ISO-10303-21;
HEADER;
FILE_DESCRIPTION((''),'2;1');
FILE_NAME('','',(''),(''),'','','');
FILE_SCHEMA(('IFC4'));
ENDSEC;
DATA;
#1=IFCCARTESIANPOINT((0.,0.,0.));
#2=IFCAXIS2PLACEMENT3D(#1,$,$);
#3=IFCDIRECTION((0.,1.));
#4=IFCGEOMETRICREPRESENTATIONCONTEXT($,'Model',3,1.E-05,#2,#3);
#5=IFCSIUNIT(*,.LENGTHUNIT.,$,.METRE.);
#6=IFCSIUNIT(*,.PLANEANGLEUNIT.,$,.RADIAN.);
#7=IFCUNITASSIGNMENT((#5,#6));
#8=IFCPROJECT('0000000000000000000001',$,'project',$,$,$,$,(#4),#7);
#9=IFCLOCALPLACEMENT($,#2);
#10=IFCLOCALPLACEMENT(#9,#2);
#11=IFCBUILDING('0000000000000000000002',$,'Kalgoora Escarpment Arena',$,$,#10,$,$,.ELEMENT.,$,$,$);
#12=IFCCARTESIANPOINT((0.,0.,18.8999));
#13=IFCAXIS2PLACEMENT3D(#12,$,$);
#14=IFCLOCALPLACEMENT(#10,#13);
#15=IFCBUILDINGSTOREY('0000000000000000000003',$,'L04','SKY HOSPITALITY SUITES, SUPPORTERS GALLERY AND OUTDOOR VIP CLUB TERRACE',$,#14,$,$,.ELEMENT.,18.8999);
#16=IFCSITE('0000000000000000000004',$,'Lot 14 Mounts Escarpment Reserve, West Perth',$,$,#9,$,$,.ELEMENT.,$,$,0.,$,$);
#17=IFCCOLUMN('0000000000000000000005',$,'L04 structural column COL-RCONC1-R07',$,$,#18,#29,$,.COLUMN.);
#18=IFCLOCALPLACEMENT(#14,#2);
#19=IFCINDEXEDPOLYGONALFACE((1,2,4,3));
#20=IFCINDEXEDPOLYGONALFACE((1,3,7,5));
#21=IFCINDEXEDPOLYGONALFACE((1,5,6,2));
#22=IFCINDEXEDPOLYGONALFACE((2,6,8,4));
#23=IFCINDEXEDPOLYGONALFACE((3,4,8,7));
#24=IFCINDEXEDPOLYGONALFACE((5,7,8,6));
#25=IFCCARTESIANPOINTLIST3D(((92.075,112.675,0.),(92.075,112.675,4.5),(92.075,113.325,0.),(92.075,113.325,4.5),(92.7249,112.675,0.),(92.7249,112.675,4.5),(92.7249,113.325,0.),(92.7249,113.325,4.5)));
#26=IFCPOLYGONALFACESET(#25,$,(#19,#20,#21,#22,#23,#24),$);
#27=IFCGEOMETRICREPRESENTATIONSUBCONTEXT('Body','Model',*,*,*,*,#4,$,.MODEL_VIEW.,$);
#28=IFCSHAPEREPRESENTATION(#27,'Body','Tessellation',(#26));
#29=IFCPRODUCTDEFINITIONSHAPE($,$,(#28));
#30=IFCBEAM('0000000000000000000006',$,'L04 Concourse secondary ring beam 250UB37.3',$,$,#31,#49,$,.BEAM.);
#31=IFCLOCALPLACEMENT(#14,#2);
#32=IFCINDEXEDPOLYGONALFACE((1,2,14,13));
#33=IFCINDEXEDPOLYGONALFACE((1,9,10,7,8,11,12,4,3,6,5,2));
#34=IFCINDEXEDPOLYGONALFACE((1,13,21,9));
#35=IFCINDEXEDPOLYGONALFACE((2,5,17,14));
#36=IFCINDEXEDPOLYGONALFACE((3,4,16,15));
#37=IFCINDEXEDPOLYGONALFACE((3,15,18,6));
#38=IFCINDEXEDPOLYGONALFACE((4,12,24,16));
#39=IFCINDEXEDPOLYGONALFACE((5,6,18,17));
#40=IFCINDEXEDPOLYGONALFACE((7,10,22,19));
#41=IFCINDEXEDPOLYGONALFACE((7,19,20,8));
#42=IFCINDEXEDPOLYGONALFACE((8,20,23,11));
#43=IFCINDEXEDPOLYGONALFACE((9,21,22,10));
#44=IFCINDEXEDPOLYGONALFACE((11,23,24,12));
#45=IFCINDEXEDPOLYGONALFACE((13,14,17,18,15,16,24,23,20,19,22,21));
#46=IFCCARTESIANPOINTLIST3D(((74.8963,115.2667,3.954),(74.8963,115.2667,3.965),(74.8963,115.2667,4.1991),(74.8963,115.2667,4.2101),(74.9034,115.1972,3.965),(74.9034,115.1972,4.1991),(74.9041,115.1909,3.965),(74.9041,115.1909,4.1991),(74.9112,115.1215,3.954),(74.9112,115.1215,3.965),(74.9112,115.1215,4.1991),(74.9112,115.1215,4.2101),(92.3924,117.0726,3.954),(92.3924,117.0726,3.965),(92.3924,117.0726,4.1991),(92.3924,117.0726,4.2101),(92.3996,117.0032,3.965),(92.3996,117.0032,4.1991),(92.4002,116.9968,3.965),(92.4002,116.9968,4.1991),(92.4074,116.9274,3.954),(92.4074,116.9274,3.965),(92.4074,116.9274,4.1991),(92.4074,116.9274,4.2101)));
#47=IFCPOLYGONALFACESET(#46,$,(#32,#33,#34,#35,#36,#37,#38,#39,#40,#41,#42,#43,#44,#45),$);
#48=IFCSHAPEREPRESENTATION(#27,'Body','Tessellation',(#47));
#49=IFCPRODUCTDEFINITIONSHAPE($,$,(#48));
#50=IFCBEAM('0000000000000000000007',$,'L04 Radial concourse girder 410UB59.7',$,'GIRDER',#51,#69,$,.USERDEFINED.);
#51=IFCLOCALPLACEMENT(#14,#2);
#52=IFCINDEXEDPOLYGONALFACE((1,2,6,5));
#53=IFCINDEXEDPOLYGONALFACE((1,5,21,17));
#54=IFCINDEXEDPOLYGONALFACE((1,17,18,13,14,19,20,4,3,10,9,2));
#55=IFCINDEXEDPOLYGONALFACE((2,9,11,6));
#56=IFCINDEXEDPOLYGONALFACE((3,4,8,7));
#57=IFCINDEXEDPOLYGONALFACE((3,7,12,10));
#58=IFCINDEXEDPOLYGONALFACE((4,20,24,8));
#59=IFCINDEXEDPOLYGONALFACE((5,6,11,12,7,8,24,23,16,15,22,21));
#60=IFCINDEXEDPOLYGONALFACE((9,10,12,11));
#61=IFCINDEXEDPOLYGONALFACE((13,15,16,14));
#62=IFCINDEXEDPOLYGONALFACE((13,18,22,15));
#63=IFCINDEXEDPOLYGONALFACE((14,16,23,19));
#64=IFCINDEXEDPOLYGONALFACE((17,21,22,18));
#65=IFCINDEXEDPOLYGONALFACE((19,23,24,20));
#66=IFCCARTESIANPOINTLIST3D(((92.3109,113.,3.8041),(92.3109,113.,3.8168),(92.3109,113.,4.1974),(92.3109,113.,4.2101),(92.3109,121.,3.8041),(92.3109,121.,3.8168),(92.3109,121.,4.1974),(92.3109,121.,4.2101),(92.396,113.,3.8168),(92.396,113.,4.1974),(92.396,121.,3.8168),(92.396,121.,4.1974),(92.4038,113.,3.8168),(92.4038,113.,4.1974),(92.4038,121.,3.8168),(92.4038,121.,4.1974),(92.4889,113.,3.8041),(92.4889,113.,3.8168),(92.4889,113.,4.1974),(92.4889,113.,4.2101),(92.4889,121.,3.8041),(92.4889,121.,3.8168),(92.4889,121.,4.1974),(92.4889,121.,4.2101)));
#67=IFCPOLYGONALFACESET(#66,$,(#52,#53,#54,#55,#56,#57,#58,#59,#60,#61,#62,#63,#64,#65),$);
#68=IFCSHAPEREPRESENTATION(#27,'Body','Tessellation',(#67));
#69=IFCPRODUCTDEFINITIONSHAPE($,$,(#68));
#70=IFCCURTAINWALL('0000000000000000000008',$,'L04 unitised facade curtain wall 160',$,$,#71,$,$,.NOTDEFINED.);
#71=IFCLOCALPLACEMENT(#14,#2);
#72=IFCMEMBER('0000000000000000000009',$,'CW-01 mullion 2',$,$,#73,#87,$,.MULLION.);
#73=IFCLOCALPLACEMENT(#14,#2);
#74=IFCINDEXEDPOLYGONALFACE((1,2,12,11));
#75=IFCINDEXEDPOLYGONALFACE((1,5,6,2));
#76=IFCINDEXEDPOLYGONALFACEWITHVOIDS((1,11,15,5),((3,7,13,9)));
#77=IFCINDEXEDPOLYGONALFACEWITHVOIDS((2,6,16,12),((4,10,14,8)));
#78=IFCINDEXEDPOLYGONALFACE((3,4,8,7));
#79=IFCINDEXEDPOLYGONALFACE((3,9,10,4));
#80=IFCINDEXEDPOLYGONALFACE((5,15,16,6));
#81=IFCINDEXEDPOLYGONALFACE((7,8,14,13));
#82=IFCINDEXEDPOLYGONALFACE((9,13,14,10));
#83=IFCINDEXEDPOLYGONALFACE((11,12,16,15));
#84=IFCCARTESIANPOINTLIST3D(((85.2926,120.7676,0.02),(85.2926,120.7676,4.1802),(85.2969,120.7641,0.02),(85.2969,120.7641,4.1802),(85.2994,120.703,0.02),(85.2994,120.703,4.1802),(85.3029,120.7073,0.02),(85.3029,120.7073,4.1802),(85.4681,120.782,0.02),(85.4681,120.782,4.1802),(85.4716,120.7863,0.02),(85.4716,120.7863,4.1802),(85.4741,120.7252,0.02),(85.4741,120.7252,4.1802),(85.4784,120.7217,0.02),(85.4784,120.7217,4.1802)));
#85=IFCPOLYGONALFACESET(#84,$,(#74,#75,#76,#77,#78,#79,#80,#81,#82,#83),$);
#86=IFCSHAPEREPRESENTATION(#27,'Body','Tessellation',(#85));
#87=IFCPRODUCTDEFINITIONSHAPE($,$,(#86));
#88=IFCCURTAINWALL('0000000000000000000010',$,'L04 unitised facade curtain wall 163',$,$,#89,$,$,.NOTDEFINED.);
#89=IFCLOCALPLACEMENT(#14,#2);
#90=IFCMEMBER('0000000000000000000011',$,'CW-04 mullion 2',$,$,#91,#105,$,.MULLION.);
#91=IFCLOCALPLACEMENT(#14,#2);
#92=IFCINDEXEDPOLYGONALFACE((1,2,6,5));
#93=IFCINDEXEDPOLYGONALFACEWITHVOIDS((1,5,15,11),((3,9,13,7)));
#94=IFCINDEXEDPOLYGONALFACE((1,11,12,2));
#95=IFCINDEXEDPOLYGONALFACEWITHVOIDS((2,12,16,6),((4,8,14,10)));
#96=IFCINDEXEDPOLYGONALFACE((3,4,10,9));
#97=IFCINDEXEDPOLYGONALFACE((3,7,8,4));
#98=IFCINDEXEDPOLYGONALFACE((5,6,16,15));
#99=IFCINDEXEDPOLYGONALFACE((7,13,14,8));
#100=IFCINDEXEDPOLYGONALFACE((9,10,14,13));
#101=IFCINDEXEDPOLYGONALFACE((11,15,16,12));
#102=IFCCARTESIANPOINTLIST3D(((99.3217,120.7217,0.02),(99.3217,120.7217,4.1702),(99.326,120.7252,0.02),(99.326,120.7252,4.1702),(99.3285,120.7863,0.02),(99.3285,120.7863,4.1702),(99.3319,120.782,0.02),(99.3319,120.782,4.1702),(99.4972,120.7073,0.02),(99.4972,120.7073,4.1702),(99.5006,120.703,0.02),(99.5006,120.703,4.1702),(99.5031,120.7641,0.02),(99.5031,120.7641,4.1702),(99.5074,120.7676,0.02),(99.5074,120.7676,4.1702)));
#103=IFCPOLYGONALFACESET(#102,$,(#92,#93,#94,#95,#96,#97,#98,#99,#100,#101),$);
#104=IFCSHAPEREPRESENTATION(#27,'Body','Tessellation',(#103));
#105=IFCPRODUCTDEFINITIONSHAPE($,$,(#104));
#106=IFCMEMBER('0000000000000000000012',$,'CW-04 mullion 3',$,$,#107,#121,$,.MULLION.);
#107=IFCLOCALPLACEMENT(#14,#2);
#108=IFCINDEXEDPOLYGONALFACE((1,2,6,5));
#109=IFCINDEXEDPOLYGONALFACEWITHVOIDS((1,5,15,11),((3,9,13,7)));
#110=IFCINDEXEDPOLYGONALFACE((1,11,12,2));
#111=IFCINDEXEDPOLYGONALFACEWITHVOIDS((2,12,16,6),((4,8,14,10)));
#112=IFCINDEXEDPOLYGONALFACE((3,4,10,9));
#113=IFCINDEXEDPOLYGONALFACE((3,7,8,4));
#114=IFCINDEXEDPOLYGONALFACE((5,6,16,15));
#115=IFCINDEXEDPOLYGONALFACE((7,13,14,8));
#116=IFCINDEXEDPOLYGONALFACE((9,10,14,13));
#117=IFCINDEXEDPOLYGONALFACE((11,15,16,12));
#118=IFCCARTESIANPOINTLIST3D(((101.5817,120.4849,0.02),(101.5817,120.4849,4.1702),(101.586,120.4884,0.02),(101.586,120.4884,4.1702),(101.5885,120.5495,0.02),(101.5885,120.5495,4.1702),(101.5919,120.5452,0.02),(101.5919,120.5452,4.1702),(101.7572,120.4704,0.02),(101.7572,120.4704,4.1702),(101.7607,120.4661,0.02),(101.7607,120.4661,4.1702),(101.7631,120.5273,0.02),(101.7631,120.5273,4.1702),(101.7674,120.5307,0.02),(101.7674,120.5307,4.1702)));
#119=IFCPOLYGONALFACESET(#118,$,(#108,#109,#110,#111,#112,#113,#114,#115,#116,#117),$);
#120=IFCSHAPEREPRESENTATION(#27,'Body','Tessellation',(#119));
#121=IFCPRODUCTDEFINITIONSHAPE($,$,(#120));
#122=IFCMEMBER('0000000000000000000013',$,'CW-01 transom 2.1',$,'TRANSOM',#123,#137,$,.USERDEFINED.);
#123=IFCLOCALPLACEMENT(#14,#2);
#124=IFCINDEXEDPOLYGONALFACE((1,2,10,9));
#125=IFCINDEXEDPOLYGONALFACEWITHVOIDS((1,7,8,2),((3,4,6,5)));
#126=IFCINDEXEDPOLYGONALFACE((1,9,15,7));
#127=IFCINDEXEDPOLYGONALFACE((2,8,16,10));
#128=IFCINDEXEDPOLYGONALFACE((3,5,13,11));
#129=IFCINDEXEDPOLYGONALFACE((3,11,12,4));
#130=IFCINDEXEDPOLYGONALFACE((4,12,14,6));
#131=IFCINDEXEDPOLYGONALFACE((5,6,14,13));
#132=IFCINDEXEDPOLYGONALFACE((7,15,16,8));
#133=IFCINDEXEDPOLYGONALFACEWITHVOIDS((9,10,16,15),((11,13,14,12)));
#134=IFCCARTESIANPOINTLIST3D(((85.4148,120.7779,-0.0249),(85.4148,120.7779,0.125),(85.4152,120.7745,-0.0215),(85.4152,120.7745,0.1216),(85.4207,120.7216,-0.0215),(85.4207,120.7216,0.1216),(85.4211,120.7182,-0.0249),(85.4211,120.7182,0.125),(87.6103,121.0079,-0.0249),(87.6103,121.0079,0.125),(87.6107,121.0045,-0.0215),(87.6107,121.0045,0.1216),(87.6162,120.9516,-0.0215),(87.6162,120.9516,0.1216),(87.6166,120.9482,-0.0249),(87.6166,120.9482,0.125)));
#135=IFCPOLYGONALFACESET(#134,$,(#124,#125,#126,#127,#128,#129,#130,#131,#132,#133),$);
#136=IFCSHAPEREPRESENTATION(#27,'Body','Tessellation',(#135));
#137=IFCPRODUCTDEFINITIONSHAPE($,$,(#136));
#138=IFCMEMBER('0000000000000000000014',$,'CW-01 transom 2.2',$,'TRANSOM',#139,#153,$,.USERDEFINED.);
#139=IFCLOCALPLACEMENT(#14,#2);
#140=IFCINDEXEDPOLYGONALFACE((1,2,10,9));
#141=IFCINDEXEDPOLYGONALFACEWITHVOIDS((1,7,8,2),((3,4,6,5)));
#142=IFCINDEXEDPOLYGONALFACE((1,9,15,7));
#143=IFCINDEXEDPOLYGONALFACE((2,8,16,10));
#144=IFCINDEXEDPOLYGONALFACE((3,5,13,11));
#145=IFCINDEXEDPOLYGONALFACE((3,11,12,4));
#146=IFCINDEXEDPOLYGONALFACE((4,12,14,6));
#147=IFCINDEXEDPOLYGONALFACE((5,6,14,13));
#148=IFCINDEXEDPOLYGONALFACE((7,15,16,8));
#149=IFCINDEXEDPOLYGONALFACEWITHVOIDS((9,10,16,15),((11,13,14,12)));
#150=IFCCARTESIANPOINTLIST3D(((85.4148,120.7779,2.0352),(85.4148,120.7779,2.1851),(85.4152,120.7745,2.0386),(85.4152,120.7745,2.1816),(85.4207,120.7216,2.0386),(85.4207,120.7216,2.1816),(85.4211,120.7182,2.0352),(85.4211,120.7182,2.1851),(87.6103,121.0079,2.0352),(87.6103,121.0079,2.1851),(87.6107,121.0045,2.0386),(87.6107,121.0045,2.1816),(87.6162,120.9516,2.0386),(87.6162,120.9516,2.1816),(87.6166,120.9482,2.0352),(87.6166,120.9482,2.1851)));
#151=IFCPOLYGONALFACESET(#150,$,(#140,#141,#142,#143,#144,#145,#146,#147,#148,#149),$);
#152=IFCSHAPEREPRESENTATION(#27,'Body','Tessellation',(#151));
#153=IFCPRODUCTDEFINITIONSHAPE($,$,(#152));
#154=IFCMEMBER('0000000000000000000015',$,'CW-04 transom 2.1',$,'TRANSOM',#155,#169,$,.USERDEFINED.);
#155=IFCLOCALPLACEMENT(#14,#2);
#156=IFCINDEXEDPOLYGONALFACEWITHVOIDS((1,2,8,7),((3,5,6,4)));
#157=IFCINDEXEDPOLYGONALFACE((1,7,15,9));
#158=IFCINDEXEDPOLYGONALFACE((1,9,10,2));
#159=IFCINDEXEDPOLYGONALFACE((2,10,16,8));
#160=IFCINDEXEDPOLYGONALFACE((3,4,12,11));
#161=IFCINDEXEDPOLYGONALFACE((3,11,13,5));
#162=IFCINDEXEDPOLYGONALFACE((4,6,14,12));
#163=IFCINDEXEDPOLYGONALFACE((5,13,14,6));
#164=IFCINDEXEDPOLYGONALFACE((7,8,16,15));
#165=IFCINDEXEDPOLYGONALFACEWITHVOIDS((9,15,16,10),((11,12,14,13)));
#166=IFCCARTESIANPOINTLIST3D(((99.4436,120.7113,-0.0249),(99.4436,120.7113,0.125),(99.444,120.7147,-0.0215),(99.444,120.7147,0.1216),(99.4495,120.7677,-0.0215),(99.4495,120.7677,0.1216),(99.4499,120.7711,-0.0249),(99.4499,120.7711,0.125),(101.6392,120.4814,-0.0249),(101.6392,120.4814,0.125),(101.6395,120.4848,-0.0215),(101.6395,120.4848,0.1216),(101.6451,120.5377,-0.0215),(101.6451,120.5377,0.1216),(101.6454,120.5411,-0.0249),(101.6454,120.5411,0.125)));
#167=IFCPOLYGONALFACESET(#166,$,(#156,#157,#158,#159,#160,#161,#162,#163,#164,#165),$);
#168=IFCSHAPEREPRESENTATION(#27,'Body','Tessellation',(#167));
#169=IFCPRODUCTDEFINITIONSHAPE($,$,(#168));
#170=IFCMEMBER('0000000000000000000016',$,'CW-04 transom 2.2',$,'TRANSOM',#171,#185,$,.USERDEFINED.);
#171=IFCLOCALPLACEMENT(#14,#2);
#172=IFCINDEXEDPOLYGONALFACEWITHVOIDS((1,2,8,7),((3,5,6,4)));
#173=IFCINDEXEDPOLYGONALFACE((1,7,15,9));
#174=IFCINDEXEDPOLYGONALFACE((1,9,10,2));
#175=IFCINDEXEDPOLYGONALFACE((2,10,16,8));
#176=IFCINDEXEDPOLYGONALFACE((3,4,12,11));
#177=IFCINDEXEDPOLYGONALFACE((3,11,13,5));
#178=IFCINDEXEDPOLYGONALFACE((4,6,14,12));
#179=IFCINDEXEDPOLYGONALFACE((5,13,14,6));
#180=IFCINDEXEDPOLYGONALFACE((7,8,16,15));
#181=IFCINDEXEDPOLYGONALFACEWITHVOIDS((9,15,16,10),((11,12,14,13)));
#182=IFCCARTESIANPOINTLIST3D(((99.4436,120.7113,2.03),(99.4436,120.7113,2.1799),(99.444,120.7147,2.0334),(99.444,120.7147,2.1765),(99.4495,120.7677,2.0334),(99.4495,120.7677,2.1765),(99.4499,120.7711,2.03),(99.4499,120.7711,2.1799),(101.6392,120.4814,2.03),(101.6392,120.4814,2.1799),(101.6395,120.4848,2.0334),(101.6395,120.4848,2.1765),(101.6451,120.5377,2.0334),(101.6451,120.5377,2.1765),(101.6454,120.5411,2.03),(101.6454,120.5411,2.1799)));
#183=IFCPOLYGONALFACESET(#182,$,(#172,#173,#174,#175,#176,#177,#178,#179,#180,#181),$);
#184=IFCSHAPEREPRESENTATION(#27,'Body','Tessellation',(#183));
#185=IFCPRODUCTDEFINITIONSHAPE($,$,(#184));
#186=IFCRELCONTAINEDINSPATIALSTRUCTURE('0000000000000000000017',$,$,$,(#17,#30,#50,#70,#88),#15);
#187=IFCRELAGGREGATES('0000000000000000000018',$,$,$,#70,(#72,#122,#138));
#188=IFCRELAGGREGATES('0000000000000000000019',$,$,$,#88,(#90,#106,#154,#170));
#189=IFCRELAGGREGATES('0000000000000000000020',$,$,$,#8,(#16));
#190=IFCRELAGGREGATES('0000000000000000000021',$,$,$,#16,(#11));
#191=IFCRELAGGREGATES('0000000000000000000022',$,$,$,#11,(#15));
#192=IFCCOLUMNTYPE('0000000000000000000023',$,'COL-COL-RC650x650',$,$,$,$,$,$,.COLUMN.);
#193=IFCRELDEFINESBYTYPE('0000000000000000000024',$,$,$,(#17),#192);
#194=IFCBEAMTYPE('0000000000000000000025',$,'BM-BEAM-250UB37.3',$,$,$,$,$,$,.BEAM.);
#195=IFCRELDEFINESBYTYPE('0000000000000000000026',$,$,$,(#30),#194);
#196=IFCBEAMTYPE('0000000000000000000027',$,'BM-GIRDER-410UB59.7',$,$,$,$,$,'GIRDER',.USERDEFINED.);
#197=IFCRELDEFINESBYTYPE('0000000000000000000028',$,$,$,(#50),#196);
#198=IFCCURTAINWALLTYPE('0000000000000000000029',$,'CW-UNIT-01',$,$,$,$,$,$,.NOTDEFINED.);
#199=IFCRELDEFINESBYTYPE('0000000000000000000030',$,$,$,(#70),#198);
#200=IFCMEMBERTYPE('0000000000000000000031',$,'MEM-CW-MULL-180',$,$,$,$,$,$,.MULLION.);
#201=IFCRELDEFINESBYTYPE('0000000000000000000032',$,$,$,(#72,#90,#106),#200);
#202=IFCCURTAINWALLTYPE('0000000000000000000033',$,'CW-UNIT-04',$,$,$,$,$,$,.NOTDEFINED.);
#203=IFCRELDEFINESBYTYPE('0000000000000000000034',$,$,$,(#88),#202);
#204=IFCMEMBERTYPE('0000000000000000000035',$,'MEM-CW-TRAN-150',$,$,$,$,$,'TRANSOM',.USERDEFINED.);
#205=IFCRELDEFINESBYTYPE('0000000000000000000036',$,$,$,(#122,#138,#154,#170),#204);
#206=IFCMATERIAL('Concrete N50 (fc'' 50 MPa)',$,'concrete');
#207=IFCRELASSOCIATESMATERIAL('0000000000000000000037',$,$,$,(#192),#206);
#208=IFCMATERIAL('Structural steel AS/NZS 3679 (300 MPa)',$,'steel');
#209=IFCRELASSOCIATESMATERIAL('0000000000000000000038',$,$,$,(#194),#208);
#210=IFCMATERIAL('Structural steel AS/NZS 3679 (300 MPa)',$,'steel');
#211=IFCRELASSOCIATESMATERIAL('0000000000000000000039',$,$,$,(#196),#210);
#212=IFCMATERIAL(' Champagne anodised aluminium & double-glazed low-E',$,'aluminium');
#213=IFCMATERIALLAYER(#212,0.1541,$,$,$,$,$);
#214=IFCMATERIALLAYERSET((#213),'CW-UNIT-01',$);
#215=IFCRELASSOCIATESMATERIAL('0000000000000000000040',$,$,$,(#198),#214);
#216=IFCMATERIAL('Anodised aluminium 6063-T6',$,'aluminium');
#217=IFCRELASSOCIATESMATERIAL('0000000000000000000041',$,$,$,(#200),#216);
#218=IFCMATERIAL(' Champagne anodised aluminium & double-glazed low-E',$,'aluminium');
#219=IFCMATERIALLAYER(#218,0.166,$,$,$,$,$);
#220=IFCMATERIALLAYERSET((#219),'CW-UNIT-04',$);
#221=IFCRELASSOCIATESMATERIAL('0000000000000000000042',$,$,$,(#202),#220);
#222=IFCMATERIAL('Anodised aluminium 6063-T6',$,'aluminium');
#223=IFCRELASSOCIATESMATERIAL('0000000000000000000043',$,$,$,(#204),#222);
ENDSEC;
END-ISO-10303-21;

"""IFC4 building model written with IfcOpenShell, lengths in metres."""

from ifc_helpers import new_model, si_unit, direction, frame, origin, origin_2d, place, context, subcontext, project, spatial, rectangle, hollow_rectangle, i_section, extrude, material, layer, layer_set, material_profile, profile_set, type_object, element, aggregate, save


model = new_model("IFC4")

# Units and contexts
model_context = context("Model", 3, precision=1e-05, world=origin(), true_north=direction((0.0, 1.0)))
body_context = subcontext(model_context, "Body", "Model", "MODEL_VIEW")
ifc_project = project(units=[si_unit("LENGTHUNIT", "METRE"), si_unit("PLANEANGLEUNIT", "RADIAN")], contexts=[model_context])

# Site, building, storey
site_placement = place(None, origin())
site = spatial("IfcSite", under=ifc_project, at=site_placement, Name="Lot 14 Mounts Escarpment Reserve, West Perth", CompositionType="ELEMENT", RefElevation=0.0)
building_placement = place(site_placement, origin())
building = spatial("IfcBuilding", under=site, at=building_placement, Name="Kalgoora Escarpment Arena", CompositionType="ELEMENT")
storey_placement = place(building_placement, frame((0.0, 0.0, 18.8999)))
storey = spatial("IfcBuildingStorey", under=building, at=storey_placement, Name="L04", Description="SKY HOSPITALITY SUITES, SUPPORTERS GALLERY AND OUTDOOR VIP CLUB TERRACE", CompositionType="ELEMENT", Elevation=18.8999)

# Column
ifc_material_1 = material(Name="Concrete N50 (fc' 50 MPa)", Category="concrete")
ifc_material_profile_1 = material_profile(ifc_material_1, rectangle(XDim=0.6499, YDim=0.6499, at=origin_2d()))
ifc_profile_set_1 = profile_set([ifc_material_profile_1], Name="Concrete N50 (fc' 50 MPa)")
column_type = type_object("IfcColumnType", Name="COL-COL-RC650x650", PredefinedType="COLUMN", material=ifc_profile_set_1)
column_placement = place(storey_placement, frame((92.3999, 113.0, 0.0), z_axis=(0.0, 0.0, 1.0), x_axis=(0.0, 1.0, 0.0)))
element("IfcColumn", 1, at=column_placement, inside=storey, type_object=column_type, Name="L04 structural column COL-RCONC1-R07", PredefinedType="COLUMN", context=body_context, shape_type="SweptSolid", body=[
    extrude(rectangle(XDim=0.6499, YDim=0.6499, at=origin_2d()), origin(), (0.0, 0.0, 1.0), 4.5),
])

# Beams
ifc_material_2 = material(Name="Structural steel AS/NZS 3679 (300 MPa)", Category="steel")
ifc_material_profile_2 = material_profile(ifc_material_2, i_section(OverallWidth=0.146, OverallDepth=0.2561, WebThickness=0.0063, FlangeThickness=0.011, at=origin_2d()))
ifc_profile_set_2 = profile_set([ifc_material_profile_2], Name="Structural steel AS/NZS 3679 (300 MPa)")
beam_type_1 = type_object("IfcBeamType", Name="BM-BEAM-250UB37.3", PredefinedType="BEAM", material=ifc_profile_set_2)
beam_1_placement = place(storey_placement, frame((92.3999, 117.0, 4.082), z_axis=(-0.994715, -0.102672, 0.0), x_axis=(0.102672, -0.994715, 0.0)))
element("IfcBeam", 2, at=beam_1_placement, inside=storey, type_object=beam_type_1, Name="L04 Concourse secondary ring beam 250UB37.3", PredefinedType="BEAM", context=body_context, shape_type="SweptSolid", body=[
    extrude(i_section(OverallWidth=0.146, OverallDepth=0.2561, WebThickness=0.0063, FlangeThickness=0.011, at=origin_2d()), origin(), (0.0, 0.0, 1.0), 17.5891),
])
ifc_material_3 = material(Name="Structural steel AS/NZS 3679 (300 MPa)", Category="steel")
ifc_material_profile_3 = material_profile(ifc_material_3, i_section(OverallWidth=0.178, OverallDepth=0.406, WebThickness=0.0078, FlangeThickness=0.0127, at=origin_2d()))
ifc_profile_set_3 = profile_set([ifc_material_profile_3], Name="Structural steel AS/NZS 3679 (300 MPa)")
beam_type_2 = type_object("IfcBeamType", Name="BM-GIRDER-410UB59.7", ElementType="GIRDER", PredefinedType="USERDEFINED", material=ifc_profile_set_3)
beam_2_placement = place(storey_placement, frame((92.3999, 113.0, 4.0071), z_axis=(0.0, 1.0, 0.0), x_axis=(-1.0, 0.0, 0.0)))
element("IfcBeam", 3, at=beam_2_placement, inside=storey, type_object=beam_type_2, Name="L04 Radial concourse girder 410UB59.7", ObjectType="GIRDER", PredefinedType="USERDEFINED", context=body_context, shape_type="SweptSolid", body=[
    extrude(i_section(OverallWidth=0.178, OverallDepth=0.406, WebThickness=0.0078, FlangeThickness=0.0127, at=origin_2d()), origin(), (0.0, 0.0, 1.0), 8.0),
])

# Curtain wall, member
ifc_material_4 = material(Name=" Champagne anodised aluminium & double-glazed low-E", Category="aluminium")
ifc_layer_1 = layer(ifc_material_4, 0.1541)
ifc_layer_set_1 = layer_set([ifc_layer_1], Name="CW-UNIT-01")
curtain_wall_type_1 = type_object("IfcCurtainWallType", Name="CW-UNIT-01", PredefinedType="NOTDEFINED", material=ifc_layer_set_1)
curtain_wall_1_placement = place(storey_placement, origin())
curtain_wall_1 = element("IfcCurtainWall", 4, at=curtain_wall_1_placement, inside=storey, type_object=curtain_wall_type_1, Name="L04 unitised facade curtain wall 160", PredefinedType="NOTDEFINED")
ifc_material_5 = material(Name="Anodised aluminium 6063-T6", Category="aluminium")
ifc_material_profile_4 = material_profile(ifc_material_5, hollow_rectangle(XDim=0.0649, YDim=0.1799, WallThickness=0.0039, at=origin_2d()))
ifc_profile_set_4 = profile_set([ifc_material_profile_4], Name="Anodised aluminium 6063-T6")
member_type_1 = type_object("IfcMemberType", Name="MEM-CW-MULL-180", PredefinedType="MULLION", material=ifc_profile_set_4)
member_1_placement = place(storey_placement, frame((85.3855, 120.7446, 0.02), z_axis=(0.0, 0.0, 1.0), x_axis=(-0.104182, 0.994558, 0.0)))
member_1 = element("IfcMember", 5, at=member_1_placement, type_object=member_type_1, Name="CW-01 mullion 2", PredefinedType="MULLION", context=body_context, shape_type="SweptSolid", body=[
    extrude(hollow_rectangle(XDim=0.0649, YDim=0.1799, WallThickness=0.0039, at=origin_2d()), origin(), (0.0, 0.0, 1.0), 4.1602),
])

# Curtain wall, members
ifc_material_6 = material(Name=" Champagne anodised aluminium & double-glazed low-E", Category="aluminium")
ifc_layer_2 = layer(ifc_material_6, 0.166)
ifc_layer_set_2 = layer_set([ifc_layer_2], Name="CW-UNIT-04")
curtain_wall_type_2 = type_object("IfcCurtainWallType", Name="CW-UNIT-04", PredefinedType="NOTDEFINED", material=ifc_layer_set_2)
curtain_wall_2_placement = place(storey_placement, origin())
curtain_wall_2 = element("IfcCurtainWall", 6, at=curtain_wall_2_placement, inside=storey, type_object=curtain_wall_type_2, Name="L04 unitised facade curtain wall 163", PredefinedType="NOTDEFINED")
member_2_placement = place(storey_placement, frame((99.4146, 120.7446, 0.02), z_axis=(0.0, 0.0, 1.0), x_axis=(0.104182, 0.994558, 0.0)))
member_2 = element("IfcMember", 7, at=member_2_placement, type_object=member_type_1, Name="CW-04 mullion 2", PredefinedType="MULLION", context=body_context, shape_type="SweptSolid", body=[
    extrude(hollow_rectangle(XDim=0.0649, YDim=0.1799, WallThickness=0.0039, at=origin_2d()), origin(), (0.0, 0.0, 1.0), 4.1501),
])
member_3_placement = place(storey_placement, frame((101.6746, 120.5078, 0.02), z_axis=(0.0, 0.0, 1.0), x_axis=(0.104182, 0.994558, 0.0)))
member_3 = element("IfcMember", 8, at=member_3_placement, type_object=member_type_1, Name="CW-04 mullion 3", PredefinedType="MULLION", context=body_context, shape_type="SweptSolid", body=[
    extrude(hollow_rectangle(XDim=0.0649, YDim=0.1799, WallThickness=0.0039, at=origin_2d()), origin(), (0.0, 0.0, 1.0), 4.1501),
])

# Members
ifc_material_7 = material(Name="Anodised aluminium 6063-T6", Category="aluminium")
ifc_material_profile_5 = material_profile(ifc_material_7, hollow_rectangle(XDim=0.0601, YDim=0.1499, WallThickness=0.0034, at=origin_2d()))
ifc_profile_set_5 = profile_set([ifc_material_profile_5], Name="Anodised aluminium 6063-T6")
member_type_2 = type_object("IfcMemberType", Name="MEM-CW-TRAN-150", ElementType="TRANSOM", PredefinedType="USERDEFINED", material=ifc_profile_set_5)
member_4_placement = place(storey_placement, frame((85.418, 120.748, 0.05), z_axis=(0.994559, 0.104178, 0.0), x_axis=(-0.104178, 0.994559, 0.0)))
member_4 = element("IfcMember", 9, at=member_4_placement, type_object=member_type_2, Name="CW-01 transom 2.1", ObjectType="TRANSOM", PredefinedType="USERDEFINED", context=body_context, shape_type="SweptSolid", body=[
    extrude(hollow_rectangle(XDim=0.0601, YDim=0.1499, WallThickness=0.0034, at=origin_2d()), origin(), (0.0, 0.0, 1.0), 2.2075),
])
member_5_placement = place(storey_placement, frame((85.418, 120.748, 2.1101), z_axis=(0.994559, 0.104178, 0.0), x_axis=(-0.104178, 0.994559, 0.0)))
member_5 = element("IfcMember", 10, at=member_5_placement, type_object=member_type_2, Name="CW-01 transom 2.2", ObjectType="TRANSOM", PredefinedType="USERDEFINED", context=body_context, shape_type="SweptSolid", body=[
    extrude(hollow_rectangle(XDim=0.0601, YDim=0.1499, WallThickness=0.0034, at=origin_2d()), origin(), (0.0, 0.0, 1.0), 2.2075),
])
member_6_placement = place(storey_placement, frame((99.4468, 120.7412, 0.05), z_axis=(0.994559, -0.104178, 0.0), x_axis=(0.104178, 0.994559, 0.0)))
member_6 = element("IfcMember", 11, at=member_6_placement, type_object=member_type_2, Name="CW-04 transom 2.1", ObjectType="TRANSOM", PredefinedType="USERDEFINED", context=body_context, shape_type="SweptSolid", body=[
    extrude(hollow_rectangle(XDim=0.0601, YDim=0.1499, WallThickness=0.0034, at=origin_2d()), origin(), (0.0, 0.0, 1.0), 2.2075),
])
member_7_placement = place(storey_placement, frame((99.4468, 120.7412, 2.105), z_axis=(0.994559, -0.104178, 0.0), x_axis=(0.104178, 0.994559, 0.0)))
member_7 = element("IfcMember", 12, at=member_7_placement, type_object=member_type_2, Name="CW-04 transom 2.2", ObjectType="TRANSOM", PredefinedType="USERDEFINED", context=body_context, shape_type="SweptSolid", body=[
    extrude(hollow_rectangle(XDim=0.0601, YDim=0.1499, WallThickness=0.0034, at=origin_2d()), origin(), (0.0, 0.0, 1.0), 2.2075),
])

aggregate(curtain_wall_1, [member_1, member_4, member_5])
aggregate(curtain_wall_2, [member_2, member_3, member_6, member_7])

save(model, "model.ifc")
